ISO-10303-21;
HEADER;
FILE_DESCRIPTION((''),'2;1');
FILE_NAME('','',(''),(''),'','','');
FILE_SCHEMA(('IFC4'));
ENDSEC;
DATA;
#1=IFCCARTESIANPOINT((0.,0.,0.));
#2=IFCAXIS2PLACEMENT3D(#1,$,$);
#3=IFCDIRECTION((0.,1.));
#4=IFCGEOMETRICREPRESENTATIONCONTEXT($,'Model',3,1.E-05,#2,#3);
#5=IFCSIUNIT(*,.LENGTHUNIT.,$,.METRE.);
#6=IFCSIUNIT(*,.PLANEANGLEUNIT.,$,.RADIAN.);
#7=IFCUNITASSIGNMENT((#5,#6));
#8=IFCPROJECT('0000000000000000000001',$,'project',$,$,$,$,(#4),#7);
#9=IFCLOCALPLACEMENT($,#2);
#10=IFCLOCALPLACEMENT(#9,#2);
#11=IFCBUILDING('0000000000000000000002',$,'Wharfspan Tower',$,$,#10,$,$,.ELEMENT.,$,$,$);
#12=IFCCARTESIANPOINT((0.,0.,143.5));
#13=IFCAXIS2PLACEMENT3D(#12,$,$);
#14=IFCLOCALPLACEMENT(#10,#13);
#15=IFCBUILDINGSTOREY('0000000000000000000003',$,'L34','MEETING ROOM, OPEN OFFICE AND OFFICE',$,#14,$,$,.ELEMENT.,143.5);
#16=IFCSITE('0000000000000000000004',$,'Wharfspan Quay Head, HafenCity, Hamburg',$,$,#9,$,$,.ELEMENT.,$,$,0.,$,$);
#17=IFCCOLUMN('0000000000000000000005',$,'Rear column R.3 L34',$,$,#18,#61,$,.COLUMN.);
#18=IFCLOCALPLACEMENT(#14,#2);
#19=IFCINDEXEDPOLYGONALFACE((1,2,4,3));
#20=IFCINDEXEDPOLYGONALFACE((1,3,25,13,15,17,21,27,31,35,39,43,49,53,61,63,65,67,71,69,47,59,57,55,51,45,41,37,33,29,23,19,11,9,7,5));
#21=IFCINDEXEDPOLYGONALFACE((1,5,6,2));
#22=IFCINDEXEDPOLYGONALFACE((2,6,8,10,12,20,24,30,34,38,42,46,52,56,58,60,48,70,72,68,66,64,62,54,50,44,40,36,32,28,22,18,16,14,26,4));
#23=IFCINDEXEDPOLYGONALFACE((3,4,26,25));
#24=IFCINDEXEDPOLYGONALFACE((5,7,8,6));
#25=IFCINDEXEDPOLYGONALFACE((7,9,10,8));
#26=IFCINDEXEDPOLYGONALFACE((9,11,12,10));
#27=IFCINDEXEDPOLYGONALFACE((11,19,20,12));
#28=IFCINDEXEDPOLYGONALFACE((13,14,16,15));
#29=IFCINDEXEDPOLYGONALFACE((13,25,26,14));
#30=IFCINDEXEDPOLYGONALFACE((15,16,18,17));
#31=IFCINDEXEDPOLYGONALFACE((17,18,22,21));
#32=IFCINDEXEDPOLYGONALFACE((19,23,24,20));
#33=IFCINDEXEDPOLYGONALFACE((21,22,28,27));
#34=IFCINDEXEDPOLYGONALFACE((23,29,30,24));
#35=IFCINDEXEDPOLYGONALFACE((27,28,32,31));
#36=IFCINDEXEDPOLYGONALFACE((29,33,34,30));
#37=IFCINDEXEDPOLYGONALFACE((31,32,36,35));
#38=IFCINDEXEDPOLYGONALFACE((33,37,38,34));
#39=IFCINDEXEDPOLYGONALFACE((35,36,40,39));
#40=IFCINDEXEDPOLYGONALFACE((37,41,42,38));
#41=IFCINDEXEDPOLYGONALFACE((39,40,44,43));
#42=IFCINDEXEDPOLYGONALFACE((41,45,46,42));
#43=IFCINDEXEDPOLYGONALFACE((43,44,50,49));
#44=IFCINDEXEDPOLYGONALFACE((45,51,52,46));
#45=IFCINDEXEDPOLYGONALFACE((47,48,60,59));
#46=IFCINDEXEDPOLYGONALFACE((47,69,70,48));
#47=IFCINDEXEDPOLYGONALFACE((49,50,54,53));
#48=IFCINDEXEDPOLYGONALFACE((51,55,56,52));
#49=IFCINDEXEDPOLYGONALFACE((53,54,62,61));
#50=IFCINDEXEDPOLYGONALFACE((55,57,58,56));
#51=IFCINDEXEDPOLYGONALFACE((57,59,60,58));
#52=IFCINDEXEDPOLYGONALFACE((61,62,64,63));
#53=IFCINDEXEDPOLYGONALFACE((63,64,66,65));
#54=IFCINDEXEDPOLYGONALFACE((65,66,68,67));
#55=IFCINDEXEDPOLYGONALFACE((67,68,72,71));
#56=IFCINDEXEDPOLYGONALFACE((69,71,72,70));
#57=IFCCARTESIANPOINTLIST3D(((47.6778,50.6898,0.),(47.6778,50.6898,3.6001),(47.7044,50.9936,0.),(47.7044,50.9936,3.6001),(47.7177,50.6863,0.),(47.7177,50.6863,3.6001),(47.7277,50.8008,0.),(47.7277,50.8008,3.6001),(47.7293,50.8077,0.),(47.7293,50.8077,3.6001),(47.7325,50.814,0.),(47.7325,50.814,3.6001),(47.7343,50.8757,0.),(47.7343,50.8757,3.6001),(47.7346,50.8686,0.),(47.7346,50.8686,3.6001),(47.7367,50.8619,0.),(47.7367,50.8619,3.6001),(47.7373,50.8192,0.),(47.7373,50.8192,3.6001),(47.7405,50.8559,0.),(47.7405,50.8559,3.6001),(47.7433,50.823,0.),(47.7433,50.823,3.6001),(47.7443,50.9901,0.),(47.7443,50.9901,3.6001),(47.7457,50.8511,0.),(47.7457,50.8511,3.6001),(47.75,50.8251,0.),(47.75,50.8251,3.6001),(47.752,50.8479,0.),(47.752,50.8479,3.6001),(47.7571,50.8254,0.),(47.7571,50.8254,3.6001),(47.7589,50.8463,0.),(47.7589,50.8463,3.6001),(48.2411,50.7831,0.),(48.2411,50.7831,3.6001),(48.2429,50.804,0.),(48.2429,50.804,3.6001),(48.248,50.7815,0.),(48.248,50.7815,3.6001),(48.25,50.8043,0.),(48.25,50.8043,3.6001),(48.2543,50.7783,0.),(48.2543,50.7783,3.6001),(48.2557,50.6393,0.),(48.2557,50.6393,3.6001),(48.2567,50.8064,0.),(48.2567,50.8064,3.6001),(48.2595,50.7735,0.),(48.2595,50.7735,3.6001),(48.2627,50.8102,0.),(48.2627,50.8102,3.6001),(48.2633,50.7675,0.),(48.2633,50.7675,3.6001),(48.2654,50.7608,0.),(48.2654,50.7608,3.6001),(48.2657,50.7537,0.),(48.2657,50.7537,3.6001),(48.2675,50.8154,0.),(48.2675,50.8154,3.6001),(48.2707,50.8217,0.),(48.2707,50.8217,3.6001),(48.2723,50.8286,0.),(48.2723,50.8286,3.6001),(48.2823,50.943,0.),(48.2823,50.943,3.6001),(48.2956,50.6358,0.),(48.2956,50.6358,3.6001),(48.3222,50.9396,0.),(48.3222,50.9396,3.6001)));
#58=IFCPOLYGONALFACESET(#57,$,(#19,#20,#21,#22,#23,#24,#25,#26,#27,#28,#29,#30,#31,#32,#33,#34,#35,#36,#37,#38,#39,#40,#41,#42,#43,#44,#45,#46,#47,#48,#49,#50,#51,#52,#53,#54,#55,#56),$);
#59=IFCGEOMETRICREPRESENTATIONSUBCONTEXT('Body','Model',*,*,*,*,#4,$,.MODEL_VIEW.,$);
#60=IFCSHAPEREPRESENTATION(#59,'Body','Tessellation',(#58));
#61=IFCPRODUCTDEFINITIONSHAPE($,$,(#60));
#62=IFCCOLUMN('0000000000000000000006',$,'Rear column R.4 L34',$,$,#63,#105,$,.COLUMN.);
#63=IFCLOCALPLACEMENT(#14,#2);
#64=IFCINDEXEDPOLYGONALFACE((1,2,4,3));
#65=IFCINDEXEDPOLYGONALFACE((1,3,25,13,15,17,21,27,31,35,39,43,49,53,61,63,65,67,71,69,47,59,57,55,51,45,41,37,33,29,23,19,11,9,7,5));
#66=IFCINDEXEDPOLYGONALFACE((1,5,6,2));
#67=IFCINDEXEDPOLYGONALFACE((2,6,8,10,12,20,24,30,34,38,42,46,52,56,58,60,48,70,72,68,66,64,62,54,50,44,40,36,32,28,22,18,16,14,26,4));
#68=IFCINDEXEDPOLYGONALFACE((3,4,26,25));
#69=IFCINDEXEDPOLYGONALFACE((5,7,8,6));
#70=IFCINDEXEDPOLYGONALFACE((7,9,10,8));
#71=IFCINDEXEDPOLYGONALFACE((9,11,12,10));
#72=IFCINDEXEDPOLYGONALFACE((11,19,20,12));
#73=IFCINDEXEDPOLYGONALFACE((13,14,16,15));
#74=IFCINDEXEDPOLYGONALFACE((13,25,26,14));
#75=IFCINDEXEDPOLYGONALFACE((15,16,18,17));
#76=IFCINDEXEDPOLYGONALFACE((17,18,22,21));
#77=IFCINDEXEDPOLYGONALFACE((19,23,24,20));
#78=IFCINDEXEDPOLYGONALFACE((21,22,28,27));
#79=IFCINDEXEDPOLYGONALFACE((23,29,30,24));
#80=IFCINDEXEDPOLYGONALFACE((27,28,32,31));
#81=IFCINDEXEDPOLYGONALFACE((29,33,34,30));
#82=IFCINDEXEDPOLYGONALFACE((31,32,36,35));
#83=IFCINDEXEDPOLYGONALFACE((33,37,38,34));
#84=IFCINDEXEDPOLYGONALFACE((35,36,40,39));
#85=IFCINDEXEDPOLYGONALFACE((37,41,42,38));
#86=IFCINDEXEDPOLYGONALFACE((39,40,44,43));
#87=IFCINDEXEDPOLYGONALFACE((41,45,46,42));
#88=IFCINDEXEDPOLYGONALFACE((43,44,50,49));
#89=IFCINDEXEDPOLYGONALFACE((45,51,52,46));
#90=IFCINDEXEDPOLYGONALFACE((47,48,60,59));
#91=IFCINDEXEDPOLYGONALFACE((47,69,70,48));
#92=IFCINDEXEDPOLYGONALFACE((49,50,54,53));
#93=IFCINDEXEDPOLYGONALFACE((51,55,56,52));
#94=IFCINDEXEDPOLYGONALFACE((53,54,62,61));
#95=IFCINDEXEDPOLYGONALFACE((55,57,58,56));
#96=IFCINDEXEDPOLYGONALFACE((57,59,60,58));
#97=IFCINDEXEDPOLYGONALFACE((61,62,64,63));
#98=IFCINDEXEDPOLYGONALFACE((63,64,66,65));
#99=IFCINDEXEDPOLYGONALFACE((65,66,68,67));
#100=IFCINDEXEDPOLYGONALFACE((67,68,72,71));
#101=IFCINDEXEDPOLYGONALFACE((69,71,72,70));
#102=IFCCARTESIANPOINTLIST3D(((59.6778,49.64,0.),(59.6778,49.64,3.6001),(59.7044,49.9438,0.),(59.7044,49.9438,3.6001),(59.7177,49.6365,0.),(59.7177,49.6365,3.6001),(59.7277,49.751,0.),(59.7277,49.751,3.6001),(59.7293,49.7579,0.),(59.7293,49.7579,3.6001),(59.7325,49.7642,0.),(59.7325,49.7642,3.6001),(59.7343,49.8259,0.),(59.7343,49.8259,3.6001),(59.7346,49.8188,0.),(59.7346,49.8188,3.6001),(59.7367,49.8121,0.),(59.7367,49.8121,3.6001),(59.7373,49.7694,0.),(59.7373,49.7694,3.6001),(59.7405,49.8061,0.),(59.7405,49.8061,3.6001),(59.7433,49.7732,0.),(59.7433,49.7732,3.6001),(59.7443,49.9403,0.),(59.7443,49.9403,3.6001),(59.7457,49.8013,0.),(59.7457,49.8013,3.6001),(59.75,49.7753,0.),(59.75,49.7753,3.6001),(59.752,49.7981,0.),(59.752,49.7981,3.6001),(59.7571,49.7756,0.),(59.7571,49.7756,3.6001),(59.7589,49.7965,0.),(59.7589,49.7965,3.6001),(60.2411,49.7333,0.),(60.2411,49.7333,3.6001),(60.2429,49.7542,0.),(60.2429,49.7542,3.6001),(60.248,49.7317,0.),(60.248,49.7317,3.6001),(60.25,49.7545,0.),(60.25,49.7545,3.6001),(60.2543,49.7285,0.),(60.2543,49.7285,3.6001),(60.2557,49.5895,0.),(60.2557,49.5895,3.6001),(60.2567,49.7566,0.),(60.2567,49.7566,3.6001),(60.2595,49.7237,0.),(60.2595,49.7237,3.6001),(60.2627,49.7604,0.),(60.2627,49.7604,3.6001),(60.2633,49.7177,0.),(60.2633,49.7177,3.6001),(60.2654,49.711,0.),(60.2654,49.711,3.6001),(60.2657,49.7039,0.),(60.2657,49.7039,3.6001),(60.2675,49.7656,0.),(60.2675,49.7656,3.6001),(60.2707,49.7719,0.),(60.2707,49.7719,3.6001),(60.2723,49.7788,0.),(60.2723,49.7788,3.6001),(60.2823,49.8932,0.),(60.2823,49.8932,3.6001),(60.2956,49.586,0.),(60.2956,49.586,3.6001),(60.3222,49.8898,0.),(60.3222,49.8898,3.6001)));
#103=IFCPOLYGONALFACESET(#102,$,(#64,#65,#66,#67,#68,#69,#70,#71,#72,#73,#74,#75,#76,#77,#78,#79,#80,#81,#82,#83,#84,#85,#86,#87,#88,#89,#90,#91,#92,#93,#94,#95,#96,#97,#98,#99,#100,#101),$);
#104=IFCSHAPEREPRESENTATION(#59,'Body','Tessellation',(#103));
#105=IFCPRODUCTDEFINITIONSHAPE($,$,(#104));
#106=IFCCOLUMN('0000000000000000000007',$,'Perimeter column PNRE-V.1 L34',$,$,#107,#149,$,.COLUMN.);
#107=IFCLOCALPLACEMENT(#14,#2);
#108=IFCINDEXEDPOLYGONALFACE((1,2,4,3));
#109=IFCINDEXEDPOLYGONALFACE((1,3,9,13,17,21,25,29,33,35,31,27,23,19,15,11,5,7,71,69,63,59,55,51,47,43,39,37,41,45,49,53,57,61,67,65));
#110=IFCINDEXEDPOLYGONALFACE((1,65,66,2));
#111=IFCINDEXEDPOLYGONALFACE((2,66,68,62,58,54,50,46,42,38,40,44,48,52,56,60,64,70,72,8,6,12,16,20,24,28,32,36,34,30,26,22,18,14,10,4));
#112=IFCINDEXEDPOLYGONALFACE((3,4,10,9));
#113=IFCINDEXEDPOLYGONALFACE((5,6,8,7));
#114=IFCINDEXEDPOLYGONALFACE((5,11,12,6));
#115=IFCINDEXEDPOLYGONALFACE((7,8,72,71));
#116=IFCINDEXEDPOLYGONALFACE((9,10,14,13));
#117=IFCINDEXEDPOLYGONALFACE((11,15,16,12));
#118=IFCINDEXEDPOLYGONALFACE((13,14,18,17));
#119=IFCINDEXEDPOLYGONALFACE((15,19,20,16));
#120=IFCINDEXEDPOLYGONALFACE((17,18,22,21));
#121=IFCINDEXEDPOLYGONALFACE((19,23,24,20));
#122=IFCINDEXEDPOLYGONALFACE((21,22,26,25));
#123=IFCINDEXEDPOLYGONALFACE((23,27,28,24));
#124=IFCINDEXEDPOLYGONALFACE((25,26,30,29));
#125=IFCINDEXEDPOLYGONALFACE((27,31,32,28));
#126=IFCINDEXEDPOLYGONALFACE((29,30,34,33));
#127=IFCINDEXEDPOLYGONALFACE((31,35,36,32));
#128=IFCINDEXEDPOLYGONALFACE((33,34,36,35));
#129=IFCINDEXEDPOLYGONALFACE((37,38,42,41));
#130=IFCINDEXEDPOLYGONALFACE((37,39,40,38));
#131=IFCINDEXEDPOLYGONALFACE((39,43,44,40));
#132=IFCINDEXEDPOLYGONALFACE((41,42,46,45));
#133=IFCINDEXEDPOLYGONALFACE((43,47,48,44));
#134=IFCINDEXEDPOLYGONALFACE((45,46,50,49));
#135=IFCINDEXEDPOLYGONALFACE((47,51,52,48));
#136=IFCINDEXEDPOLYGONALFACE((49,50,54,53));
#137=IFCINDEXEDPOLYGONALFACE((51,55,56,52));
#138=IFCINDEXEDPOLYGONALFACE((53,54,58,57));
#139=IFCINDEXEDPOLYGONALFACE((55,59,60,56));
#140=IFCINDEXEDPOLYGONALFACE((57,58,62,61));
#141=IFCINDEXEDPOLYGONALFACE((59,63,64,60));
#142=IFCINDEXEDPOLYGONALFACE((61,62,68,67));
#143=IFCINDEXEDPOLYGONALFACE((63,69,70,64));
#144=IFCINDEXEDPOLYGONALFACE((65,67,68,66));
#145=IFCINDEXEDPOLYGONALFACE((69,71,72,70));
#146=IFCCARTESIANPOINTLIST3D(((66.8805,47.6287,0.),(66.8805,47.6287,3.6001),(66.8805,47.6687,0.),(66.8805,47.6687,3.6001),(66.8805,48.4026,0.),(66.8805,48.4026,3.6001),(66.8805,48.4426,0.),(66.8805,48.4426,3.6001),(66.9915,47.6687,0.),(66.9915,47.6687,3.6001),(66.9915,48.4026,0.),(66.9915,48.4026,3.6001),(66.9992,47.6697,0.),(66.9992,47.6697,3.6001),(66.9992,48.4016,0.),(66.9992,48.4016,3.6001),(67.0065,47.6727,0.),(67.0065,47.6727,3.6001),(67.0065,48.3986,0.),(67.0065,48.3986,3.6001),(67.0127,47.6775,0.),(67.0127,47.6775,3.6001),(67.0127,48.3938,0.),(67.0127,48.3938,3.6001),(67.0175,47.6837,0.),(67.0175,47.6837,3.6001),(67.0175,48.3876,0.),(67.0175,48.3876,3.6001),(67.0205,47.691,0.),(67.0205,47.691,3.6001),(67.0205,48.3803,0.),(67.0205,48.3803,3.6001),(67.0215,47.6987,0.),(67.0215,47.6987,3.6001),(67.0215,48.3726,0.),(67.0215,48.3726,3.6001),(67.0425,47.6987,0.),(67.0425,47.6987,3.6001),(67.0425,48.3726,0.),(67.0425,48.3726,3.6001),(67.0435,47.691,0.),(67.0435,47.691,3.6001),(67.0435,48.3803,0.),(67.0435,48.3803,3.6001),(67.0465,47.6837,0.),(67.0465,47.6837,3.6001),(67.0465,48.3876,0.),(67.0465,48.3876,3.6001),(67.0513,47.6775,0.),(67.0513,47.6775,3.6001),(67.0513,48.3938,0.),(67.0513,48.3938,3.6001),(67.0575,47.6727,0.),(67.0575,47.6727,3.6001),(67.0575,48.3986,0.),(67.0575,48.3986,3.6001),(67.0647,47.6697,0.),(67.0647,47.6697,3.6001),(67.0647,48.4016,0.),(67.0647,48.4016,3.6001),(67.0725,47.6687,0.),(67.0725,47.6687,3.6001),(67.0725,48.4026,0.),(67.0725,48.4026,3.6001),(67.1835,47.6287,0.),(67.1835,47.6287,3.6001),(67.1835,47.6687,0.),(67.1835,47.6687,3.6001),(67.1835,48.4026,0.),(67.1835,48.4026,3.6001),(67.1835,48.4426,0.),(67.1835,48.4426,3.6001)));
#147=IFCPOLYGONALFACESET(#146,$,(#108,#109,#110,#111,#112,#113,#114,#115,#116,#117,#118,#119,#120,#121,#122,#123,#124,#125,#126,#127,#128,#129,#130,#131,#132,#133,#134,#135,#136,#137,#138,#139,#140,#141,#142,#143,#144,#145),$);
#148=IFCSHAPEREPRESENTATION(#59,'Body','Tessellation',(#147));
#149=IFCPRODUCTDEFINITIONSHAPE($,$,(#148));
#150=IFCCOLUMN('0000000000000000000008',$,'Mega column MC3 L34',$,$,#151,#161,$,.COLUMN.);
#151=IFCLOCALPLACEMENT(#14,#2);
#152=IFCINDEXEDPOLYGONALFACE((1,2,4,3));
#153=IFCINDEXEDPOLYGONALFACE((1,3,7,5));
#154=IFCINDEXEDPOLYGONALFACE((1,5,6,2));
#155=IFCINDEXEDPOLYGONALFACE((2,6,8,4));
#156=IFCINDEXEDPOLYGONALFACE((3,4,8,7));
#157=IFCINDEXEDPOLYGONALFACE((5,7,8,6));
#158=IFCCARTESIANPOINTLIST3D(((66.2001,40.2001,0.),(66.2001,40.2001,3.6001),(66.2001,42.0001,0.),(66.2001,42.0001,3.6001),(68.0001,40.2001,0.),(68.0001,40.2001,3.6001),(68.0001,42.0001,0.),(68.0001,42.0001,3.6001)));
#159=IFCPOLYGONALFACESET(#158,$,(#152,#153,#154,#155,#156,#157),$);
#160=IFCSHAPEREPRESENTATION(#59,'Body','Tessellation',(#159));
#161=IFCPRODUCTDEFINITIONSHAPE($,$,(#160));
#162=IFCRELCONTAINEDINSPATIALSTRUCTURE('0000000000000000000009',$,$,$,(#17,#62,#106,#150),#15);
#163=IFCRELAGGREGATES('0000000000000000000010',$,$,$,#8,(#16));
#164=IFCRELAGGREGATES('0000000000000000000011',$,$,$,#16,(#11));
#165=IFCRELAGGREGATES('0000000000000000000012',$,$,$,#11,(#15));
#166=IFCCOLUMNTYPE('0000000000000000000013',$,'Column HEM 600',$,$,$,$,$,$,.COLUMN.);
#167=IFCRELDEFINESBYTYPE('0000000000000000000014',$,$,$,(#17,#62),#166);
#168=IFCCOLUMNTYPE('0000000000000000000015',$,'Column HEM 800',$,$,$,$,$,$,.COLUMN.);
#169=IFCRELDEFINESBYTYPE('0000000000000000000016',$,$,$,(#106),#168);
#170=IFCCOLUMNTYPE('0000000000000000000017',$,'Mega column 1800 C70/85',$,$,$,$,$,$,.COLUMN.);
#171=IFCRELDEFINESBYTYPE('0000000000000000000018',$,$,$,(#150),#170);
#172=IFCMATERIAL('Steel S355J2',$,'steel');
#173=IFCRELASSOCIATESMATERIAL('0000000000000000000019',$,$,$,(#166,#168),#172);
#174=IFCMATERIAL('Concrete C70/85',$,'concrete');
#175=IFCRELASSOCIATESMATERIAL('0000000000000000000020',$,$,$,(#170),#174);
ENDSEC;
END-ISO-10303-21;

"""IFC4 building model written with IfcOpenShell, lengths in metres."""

from ifc_helpers import new_model, si_unit, direction, frame, origin, origin_2d, place, context, subcontext, project, spatial, rectangle, i_section, extrude, material, material_profile, profile_set, type_object, element, save


model = new_model("IFC4")

# Units and contexts
model_context = context("Model", 3, precision=1e-05, world=origin(), true_north=direction((0.0, 1.0)))
body_context = subcontext(model_context, "Body", "Model", "MODEL_VIEW")
ifc_project = project(units=[si_unit("LENGTHUNIT", "METRE"), si_unit("PLANEANGLEUNIT", "RADIAN")], contexts=[model_context])

# Site, building, storey
site_placement = place(None, origin())
site = spatial("IfcSite", under=ifc_project, at=site_placement, Name="Wharfspan Quay Head, HafenCity, Hamburg", CompositionType="ELEMENT", RefElevation=0.0)
building_placement = place(site_placement, origin())
building = spatial("IfcBuilding", under=site, at=building_placement, Name="Wharfspan Tower", CompositionType="ELEMENT")
storey_placement = place(building_placement, frame((0.0, 0.0, 143.5)))
storey = spatial("IfcBuildingStorey", under=building, at=storey_placement, Name="L34", Description="MEETING ROOM, OPEN OFFICE AND OFFICE", CompositionType="ELEMENT", Elevation=143.5)

# Columns
ifc_material_1 = material(Name="Steel S355J2", Category="steel")
ifc_material_profile_1 = material_profile(ifc_material_1, i_section(OverallWidth=0.3049, OverallDepth=0.6201, WebThickness=0.021, FlangeThickness=0.04, FilletRadius=0.0271, at=origin_2d()))
ifc_profile_set_1 = profile_set([ifc_material_profile_1], Name="Steel S355J2")
column_type_1 = type_object("IfcColumnType", Name="Column HEM 600", PredefinedType="COLUMN", material=ifc_profile_set_1)
for number, where, z_axis, x_axis, name in (
    (1, (48.0, 50.8147, 0.0), (0.0, 0.0, 1.0), (0.087156, 0.996198, 0.0), "Rear column R.3 L34"),
    (2, (60.0, 49.7649, 0.0), (0.0, 0.0, 1.0), (0.087156, 0.996198, 0.0), "Rear column R.4 L34"),
):
    element("IfcColumn", number, at=place(storey_placement, frame(where, z_axis=z_axis, x_axis=x_axis)), inside=storey, type_object=column_type_1, Name=name, PredefinedType="COLUMN", context=body_context, shape_type="SweptSolid", body=[
        extrude(i_section(OverallWidth=0.3049, OverallDepth=0.6201, WebThickness=0.021, FlangeThickness=0.04, FilletRadius=0.0271, at=origin_2d()), origin(), (0.0, 0.0, 1.0), 3.6001),
    ])
ifc_material_profile_2 = material_profile(ifc_material_1, i_section(OverallWidth=0.303, OverallDepth=0.814, WebThickness=0.021, FlangeThickness=0.04, FilletRadius=0.03, at=origin_2d()))
ifc_profile_set_2 = profile_set([ifc_material_profile_2], Name="Steel S355J2")
column_type_2 = type_object("IfcColumnType", Name="Column HEM 800", PredefinedType="COLUMN", material=ifc_profile_set_2)
column_1_placement = place(storey_placement, frame((67.032, 48.0356, 0.0), z_axis=(0.0, 0.0, 1.0), x_axis=(1.0, 0.0, 0.0)))
element("IfcColumn", 3, at=column_1_placement, inside=storey, type_object=column_type_2, Name="Perimeter column PNRE-V.1 L34", PredefinedType="COLUMN", context=body_context, shape_type="SweptSolid", body=[
    extrude(i_section(OverallWidth=0.303, OverallDepth=0.814, WebThickness=0.021, FlangeThickness=0.04, FilletRadius=0.03, at=origin_2d()), origin(), (0.0, 0.0, 1.0), 3.6001),
])
ifc_material_2 = material(Name="Concrete C70/85", Category="concrete")
ifc_material_profile_3 = material_profile(ifc_material_2, rectangle(XDim=1.8, YDim=1.8, at=origin_2d()))
ifc_profile_set_3 = profile_set([ifc_material_profile_3], Name="Concrete C70/85")
column_type_3 = type_object("IfcColumnType", Name="Mega column 1800 C70/85", PredefinedType="COLUMN", material=ifc_profile_set_3)
column_2_placement = place(storey_placement, frame((67.1001, 41.1001, 0.0), z_axis=(0.0, 0.0, 1.0), x_axis=(1.0, 0.0, 0.0)))
element("IfcColumn", 4, at=column_2_placement, inside=storey, type_object=column_type_3, Name="Mega column MC3 L34", PredefinedType="COLUMN", context=body_context, shape_type="SweptSolid", body=[
    extrude(rectangle(XDim=1.8, YDim=1.8, at=origin_2d()), origin(), (0.0, 0.0, 1.0), 3.6001),
])

save(model, "model.ifc")
